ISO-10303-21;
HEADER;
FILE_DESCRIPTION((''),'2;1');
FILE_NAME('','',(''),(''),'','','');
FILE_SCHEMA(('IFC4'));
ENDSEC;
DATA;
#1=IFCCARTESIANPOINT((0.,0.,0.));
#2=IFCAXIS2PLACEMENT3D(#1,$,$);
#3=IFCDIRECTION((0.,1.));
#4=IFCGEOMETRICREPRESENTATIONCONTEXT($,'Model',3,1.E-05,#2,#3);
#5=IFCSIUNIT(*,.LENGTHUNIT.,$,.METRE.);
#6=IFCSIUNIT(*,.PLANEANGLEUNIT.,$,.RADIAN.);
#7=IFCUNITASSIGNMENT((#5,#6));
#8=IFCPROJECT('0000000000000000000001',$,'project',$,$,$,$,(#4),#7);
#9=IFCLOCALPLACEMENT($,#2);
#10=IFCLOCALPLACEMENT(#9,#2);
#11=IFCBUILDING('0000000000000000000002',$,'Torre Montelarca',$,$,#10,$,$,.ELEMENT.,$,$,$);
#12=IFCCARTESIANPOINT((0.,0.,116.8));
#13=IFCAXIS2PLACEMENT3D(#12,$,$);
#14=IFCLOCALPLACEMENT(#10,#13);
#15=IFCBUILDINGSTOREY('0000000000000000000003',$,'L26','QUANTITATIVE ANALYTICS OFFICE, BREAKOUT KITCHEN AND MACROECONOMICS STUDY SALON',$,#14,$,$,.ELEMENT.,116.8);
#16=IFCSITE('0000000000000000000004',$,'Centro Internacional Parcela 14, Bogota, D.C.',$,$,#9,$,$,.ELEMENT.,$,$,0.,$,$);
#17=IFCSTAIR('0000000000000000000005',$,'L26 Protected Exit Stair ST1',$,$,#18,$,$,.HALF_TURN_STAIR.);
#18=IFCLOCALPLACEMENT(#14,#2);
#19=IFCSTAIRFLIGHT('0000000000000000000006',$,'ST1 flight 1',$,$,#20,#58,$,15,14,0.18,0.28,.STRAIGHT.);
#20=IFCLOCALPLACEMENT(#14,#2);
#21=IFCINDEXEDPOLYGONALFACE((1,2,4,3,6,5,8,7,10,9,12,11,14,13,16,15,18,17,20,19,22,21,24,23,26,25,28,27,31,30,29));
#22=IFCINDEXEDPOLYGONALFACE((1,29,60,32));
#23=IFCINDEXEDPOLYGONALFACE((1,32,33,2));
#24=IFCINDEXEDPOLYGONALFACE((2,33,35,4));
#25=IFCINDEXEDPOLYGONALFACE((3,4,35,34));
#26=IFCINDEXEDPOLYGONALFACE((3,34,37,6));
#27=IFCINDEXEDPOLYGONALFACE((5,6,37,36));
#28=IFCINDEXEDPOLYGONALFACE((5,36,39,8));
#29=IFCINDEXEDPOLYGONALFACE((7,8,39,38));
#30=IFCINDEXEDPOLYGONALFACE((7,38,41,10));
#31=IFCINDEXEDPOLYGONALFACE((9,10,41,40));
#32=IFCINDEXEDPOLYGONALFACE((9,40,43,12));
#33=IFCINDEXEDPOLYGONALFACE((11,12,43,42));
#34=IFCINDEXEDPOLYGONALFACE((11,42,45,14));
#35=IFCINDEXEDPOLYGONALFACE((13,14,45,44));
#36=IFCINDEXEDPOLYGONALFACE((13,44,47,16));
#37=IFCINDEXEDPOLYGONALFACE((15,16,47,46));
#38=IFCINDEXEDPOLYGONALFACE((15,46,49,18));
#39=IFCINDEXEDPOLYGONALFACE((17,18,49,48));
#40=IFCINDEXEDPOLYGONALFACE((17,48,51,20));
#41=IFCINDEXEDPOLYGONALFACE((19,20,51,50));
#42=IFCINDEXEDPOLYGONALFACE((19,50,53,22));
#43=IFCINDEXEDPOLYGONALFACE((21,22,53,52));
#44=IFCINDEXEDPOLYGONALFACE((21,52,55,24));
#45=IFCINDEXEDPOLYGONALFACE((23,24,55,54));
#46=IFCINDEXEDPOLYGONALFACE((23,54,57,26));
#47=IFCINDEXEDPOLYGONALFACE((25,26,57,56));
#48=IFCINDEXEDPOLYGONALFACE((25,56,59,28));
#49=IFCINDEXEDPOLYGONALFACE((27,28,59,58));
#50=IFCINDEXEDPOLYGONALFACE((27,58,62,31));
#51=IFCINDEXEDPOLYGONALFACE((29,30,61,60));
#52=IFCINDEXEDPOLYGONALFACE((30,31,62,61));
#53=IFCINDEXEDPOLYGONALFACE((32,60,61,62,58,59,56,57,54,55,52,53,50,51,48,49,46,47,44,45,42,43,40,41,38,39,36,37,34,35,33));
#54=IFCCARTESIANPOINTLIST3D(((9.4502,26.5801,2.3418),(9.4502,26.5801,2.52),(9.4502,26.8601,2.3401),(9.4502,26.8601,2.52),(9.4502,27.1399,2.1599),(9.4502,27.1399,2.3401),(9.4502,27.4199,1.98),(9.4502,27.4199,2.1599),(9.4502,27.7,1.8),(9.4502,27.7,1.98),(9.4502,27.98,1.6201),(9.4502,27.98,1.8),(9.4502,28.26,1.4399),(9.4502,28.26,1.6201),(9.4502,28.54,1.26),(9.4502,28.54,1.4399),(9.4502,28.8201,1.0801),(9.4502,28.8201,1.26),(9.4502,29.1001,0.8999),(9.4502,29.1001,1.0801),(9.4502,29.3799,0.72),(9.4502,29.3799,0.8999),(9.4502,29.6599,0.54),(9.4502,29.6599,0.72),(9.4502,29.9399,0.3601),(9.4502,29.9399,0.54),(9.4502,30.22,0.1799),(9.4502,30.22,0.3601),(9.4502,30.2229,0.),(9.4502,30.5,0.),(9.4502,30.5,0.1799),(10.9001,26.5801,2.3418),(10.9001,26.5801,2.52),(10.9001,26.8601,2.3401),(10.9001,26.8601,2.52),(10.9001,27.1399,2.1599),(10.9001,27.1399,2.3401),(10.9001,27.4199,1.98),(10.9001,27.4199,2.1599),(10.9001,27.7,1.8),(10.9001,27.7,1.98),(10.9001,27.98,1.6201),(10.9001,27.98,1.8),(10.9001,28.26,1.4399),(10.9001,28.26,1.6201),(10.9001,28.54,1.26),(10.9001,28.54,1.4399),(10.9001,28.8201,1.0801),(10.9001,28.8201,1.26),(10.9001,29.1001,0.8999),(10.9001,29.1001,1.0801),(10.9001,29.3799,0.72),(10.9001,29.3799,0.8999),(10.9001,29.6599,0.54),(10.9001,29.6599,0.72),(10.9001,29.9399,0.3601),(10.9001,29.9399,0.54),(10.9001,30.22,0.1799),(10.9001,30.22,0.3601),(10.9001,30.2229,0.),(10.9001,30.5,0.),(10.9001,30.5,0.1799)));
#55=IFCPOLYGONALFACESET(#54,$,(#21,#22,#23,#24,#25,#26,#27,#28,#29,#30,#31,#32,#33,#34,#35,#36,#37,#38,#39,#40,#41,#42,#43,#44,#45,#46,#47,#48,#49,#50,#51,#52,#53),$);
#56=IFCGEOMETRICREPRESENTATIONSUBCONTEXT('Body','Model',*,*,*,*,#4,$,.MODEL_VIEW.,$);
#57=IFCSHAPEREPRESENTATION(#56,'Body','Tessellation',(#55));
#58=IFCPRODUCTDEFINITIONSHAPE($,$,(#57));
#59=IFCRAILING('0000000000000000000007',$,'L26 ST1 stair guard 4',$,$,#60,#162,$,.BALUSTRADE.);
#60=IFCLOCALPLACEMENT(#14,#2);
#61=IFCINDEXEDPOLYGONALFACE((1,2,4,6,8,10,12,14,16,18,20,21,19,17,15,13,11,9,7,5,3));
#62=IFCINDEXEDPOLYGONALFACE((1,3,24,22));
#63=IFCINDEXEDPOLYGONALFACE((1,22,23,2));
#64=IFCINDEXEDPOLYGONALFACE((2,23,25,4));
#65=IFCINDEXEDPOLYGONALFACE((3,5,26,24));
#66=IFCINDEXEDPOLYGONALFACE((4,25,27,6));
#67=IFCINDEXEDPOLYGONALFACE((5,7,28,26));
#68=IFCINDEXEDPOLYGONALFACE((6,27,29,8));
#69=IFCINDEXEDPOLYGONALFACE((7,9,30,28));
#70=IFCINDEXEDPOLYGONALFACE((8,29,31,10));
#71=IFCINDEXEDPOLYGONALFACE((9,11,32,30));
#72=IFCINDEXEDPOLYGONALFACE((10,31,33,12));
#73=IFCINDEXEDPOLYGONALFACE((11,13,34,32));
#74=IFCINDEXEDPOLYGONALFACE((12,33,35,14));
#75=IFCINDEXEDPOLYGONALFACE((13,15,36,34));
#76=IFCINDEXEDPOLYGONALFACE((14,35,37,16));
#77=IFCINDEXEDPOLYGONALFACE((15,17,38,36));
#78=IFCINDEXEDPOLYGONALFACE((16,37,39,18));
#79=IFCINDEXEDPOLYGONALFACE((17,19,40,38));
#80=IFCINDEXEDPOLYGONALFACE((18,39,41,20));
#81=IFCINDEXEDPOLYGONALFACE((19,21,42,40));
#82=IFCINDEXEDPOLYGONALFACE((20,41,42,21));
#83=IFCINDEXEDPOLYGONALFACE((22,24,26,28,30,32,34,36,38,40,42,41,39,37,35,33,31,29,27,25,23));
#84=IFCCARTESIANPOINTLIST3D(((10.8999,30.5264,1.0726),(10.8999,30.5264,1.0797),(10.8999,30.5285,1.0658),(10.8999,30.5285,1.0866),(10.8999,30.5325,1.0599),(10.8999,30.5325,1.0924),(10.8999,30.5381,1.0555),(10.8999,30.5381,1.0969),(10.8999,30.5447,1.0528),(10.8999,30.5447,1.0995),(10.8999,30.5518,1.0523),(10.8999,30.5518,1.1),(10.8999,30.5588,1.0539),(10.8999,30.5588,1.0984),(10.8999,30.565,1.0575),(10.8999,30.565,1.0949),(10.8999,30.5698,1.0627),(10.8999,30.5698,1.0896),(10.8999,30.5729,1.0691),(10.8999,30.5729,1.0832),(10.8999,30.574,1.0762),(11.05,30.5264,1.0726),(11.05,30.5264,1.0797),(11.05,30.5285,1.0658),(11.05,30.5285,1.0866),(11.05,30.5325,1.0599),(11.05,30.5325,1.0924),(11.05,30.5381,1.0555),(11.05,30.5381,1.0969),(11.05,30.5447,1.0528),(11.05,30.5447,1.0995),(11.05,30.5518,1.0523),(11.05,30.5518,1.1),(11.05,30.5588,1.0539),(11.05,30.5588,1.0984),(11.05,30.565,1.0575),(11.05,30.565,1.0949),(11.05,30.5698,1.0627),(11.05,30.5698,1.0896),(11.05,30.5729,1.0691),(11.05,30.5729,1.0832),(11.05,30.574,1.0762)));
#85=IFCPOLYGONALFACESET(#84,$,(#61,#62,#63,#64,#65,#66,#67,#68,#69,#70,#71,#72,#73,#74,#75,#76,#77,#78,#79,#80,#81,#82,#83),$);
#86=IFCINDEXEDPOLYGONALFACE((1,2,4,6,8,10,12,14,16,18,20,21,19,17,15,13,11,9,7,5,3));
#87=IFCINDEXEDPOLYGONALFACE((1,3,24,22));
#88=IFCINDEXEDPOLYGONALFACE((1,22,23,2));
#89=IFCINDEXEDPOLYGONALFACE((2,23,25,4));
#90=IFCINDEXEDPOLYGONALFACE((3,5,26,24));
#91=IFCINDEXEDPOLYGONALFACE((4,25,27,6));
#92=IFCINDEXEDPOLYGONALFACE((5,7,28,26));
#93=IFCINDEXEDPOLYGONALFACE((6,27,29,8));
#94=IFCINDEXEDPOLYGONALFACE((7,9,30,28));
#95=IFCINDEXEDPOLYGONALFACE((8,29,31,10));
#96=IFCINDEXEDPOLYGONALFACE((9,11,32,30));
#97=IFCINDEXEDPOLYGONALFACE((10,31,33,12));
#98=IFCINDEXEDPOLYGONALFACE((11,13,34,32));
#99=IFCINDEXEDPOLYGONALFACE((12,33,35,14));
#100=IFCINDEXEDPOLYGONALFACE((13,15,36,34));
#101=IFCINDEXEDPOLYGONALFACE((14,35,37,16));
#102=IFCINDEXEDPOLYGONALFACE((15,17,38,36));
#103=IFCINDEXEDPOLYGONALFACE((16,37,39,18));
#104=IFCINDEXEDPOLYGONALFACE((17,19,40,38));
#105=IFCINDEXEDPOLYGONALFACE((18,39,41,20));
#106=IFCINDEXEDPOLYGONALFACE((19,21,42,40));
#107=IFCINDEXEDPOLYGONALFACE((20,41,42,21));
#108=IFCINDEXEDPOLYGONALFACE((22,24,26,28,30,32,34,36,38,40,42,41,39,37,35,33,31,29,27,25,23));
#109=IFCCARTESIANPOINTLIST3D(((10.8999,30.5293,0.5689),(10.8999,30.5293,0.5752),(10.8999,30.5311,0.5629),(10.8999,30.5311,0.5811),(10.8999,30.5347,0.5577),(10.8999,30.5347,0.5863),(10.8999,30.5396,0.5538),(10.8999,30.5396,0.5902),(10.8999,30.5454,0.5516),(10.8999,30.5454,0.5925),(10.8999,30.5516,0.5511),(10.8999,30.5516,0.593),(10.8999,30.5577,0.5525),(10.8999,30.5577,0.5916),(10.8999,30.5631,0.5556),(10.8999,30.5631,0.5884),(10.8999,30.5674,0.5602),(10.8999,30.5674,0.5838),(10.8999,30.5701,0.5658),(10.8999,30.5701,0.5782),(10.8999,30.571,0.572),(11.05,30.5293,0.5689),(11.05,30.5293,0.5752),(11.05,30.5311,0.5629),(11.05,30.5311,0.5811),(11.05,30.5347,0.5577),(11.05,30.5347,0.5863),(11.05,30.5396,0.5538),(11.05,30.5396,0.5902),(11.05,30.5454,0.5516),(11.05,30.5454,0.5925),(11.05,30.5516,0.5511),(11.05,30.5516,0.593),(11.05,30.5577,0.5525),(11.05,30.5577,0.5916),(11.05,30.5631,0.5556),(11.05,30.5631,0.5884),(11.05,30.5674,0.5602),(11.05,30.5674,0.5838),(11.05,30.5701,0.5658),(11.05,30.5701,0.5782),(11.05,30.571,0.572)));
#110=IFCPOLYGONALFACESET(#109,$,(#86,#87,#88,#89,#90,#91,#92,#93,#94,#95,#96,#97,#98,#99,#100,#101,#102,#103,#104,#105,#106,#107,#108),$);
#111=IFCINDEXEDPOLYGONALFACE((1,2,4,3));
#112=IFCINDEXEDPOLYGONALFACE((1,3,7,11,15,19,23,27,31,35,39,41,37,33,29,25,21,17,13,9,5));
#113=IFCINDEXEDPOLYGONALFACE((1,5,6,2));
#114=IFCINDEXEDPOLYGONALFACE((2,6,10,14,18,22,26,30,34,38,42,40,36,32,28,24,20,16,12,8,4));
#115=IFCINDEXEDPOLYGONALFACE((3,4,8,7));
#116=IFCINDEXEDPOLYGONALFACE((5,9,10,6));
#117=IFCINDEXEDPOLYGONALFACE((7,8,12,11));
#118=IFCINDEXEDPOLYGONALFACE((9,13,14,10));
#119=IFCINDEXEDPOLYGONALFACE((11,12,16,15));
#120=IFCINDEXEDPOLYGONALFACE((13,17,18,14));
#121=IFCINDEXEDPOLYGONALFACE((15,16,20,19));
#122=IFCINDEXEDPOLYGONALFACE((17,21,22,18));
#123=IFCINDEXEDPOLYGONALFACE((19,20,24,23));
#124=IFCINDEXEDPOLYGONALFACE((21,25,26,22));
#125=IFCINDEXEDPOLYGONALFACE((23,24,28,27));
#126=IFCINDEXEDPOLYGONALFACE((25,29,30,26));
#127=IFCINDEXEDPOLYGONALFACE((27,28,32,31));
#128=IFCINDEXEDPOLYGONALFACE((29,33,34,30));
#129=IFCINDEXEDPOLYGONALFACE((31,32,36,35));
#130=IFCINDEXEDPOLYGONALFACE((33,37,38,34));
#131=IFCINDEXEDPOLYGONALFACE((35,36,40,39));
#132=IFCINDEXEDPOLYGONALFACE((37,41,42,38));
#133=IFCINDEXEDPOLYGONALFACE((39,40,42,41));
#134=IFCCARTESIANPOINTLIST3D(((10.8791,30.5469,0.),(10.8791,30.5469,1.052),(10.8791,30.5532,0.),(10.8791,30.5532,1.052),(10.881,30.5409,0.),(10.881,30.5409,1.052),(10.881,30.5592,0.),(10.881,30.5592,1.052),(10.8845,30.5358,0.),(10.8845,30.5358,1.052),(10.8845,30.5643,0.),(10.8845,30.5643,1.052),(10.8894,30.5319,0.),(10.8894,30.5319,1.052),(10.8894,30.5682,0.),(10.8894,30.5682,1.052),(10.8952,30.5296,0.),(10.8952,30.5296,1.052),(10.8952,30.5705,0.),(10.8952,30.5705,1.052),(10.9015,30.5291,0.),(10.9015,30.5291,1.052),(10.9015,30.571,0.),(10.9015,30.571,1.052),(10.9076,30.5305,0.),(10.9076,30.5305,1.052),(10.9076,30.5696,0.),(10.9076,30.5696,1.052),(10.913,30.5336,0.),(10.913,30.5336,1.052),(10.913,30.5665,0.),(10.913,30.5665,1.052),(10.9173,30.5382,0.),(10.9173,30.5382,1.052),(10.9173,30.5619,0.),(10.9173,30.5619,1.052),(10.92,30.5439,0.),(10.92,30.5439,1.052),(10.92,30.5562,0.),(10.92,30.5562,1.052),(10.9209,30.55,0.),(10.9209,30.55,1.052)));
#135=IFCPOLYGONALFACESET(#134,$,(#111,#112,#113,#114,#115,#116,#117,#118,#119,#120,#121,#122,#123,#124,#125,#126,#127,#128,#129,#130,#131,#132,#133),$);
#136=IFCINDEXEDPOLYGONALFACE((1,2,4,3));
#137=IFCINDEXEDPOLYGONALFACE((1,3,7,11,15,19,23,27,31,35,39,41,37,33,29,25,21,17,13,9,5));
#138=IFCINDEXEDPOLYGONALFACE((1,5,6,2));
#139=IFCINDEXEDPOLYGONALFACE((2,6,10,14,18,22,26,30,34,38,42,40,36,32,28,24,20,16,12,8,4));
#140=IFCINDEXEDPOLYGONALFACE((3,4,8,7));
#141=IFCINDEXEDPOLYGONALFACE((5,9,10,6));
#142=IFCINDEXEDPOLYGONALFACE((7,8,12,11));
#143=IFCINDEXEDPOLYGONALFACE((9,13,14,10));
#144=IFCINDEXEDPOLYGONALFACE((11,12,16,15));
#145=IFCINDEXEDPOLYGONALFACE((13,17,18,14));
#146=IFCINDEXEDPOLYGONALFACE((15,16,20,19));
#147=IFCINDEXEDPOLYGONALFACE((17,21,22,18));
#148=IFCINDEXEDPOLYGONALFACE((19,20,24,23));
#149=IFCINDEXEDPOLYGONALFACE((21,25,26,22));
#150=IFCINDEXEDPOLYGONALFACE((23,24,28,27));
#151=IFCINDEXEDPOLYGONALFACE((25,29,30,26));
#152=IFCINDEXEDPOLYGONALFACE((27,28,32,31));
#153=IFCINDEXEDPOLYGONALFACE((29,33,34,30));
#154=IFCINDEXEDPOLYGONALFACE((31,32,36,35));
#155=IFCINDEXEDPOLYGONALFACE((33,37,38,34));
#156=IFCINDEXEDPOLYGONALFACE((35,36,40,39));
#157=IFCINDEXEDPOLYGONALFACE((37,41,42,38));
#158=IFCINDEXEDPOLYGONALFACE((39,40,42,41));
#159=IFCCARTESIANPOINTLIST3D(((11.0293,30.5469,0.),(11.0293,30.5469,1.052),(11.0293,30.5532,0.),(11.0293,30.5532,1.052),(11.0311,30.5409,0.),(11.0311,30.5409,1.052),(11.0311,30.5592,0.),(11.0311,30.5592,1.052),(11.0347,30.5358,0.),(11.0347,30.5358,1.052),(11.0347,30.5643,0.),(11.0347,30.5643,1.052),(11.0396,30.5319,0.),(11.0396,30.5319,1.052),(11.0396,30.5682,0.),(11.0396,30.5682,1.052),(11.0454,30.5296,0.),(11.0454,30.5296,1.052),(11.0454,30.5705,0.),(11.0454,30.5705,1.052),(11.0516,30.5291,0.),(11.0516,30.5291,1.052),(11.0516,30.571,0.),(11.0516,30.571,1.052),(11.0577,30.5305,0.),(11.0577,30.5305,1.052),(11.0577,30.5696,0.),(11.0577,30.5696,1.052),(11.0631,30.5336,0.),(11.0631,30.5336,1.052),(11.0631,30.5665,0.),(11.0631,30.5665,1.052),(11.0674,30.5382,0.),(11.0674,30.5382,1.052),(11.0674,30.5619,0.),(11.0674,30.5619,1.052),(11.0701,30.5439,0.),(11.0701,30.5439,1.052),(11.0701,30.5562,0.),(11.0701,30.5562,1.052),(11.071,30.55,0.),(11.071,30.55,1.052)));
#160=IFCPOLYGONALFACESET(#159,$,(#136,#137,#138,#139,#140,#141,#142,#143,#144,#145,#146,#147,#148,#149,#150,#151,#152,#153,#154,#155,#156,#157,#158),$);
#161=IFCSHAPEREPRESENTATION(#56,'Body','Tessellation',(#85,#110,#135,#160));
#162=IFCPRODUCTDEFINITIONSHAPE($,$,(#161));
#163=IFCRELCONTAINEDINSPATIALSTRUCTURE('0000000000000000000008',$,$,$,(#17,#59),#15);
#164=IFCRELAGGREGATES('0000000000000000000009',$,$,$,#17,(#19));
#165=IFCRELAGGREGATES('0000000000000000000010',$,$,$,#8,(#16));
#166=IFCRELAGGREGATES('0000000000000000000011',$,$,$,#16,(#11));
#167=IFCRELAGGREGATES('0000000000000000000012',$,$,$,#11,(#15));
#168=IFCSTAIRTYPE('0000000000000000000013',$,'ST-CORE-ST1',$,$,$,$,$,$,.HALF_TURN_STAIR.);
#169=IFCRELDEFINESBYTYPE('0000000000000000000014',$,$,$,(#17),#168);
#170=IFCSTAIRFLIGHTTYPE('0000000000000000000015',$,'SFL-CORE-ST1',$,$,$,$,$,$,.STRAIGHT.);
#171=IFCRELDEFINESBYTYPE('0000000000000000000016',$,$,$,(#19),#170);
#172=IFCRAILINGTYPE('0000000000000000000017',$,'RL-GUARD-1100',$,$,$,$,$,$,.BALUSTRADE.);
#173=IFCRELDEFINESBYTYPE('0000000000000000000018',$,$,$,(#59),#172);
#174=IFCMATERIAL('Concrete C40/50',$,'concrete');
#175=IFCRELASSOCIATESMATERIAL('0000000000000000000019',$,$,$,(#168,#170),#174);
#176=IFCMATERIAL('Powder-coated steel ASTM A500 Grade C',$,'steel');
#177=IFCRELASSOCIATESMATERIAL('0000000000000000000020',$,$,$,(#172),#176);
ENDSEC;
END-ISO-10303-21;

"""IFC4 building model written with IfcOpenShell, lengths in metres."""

from ifc_helpers import new_model, si_unit, direction, frame, origin, origin_2d, place, context, subcontext, project, spatial, polyline, circle, outline, extrude, material, type_object, element, aggregate, save


model = new_model("IFC4")

# Units and contexts
model_context = context("Model", 3, precision=1e-05, world=origin(), true_north=direction((0.0, 1.0)))
body_context = subcontext(model_context, "Body", "Model", "MODEL_VIEW")
ifc_project = project(units=[si_unit("LENGTHUNIT", "METRE"), si_unit("PLANEANGLEUNIT", "RADIAN")], contexts=[model_context])

# Site, building, storey
site_placement = place(None, origin())
site = spatial("IfcSite", under=ifc_project, at=site_placement, Name="Centro Internacional Parcela 14, Bogota, D.C.", CompositionType="ELEMENT", RefElevation=0.0)
building_placement = place(site_placement, origin())
building = spatial("IfcBuilding", under=site, at=building_placement, Name="Torre Montelarca", CompositionType="ELEMENT")
storey_placement = place(building_placement, frame((0.0, 0.0, 116.8)))
storey = spatial("IfcBuildingStorey", under=building, at=storey_placement, Name="L26", Description="QUANTITATIVE ANALYTICS OFFICE, BREAKOUT KITCHEN AND MACROECONOMICS STUDY SALON", CompositionType="ELEMENT", Elevation=116.8)

# Shared definitions
ifc_material_1 = material(Name="Concrete C40/50", Category="concrete")

# Stair, stair flight
stair_type = type_object("IfcStairType", Name="ST-CORE-ST1", PredefinedType="HALF_TURN_STAIR", material=ifc_material_1)
stair_placement = place(storey_placement, origin())
stair = element("IfcStair", 1, at=stair_placement, inside=storey, type_object=stair_type, Name="L26 Protected Exit Stair ST1", PredefinedType="HALF_TURN_STAIR")
stair_flight_type = type_object("IfcStairFlightType", Name="SFL-CORE-ST1", PredefinedType="STRAIGHT", material=ifc_material_1)
stair_flight_placement = place(storey_placement, frame((10.175, 30.5, 0.0), z_axis=(0.0, 0.0, 1.0), x_axis=(0.0, -1.0, 0.0)))
stair_flight = element("IfcStairFlight", 2, at=stair_flight_placement, type_object=stair_flight_type, Name="ST1 flight 1", NumberOfRisers=15, NumberOfTreads=14, PredefinedType="STRAIGHT", RiserHeight=0.18, TreadLength=0.28, context=body_context, shape_type="SweptSolid", body=[
    extrude(outline(polyline([(0.0, 0.0), (0.0, 0.1799), (0.28, 0.1799), (0.28, 0.3601), (0.5601, 0.3601), (0.5601, 0.54), (0.8401, 0.54), (0.8401, 0.72), (1.1201, 0.72), (1.1201, 0.8999), (1.3999, 0.8999), (1.3999, 1.0801), (1.6799, 1.0801), (1.6799, 1.26), (1.96, 1.26), (1.96, 1.4399), (2.24, 1.4399), (2.24, 1.6201), (2.52, 1.6201), (2.52, 1.8), (2.8, 1.8), (2.8, 1.98), (3.0801, 1.98), (3.0801, 2.1599), (3.3601, 2.1599), (3.3601, 2.3401), (3.6399, 2.3401), (3.6399, 2.52), (3.9199, 2.52), (3.9199, 2.7), (3.9199, 2.3418), (0.2771, 0.0), (0.0, 0.0)])), frame((0.0, 0.7251, 0.0), z_axis=(0.0, -1.0, 0.0), x_axis=(1.0, 0.0, 0.0)), (0.0, 0.0, 1.0), 1.45),
])
aggregate(stair, [stair_flight])

# Railing
ifc_material_2 = material(Name="Powder-coated steel ASTM A500 Grade C", Category="steel")
railing_type_1 = type_object("IfcRailingType", Name="RL-GUARD-1100", PredefinedType="BALUSTRADE", material=ifc_material_2)
railing_1_placement = place(storey_placement, frame((10.8999, 30.55, 0.0)))
element("IfcRailing", 3, at=railing_1_placement, inside=storey, type_object=railing_type_1, Name="L26 ST1 stair guard 4", PredefinedType="BALUSTRADE", context=body_context, shape_type="SweptSolid", body=[
    extrude(circle(Radius=0.0239, at=origin_2d()), frame((0.0, 0.0, 1.0762), z_axis=(1.0, 0.0, 0.0), x_axis=(0.0, 1.0, 0.0)), (0.0, 0.0, 1.0), 0.1501),
    extrude(circle(Radius=0.021, at=origin_2d()), frame((0.0, 0.0, 0.572), z_axis=(1.0, 0.0, 0.0), x_axis=(0.0, 1.0, 0.0)), (0.0, 0.0, 1.0), 0.1501),
    extrude(circle(Radius=0.021, at=origin_2d()), origin(), (0.0, 0.0, 1.0), 1.052),
    extrude(circle(Radius=0.021, at=origin_2d()), frame((0.1501, 0.0, 0.0)), (0.0, 0.0, 1.0), 1.052),
])

save(model, "model.ifc")
